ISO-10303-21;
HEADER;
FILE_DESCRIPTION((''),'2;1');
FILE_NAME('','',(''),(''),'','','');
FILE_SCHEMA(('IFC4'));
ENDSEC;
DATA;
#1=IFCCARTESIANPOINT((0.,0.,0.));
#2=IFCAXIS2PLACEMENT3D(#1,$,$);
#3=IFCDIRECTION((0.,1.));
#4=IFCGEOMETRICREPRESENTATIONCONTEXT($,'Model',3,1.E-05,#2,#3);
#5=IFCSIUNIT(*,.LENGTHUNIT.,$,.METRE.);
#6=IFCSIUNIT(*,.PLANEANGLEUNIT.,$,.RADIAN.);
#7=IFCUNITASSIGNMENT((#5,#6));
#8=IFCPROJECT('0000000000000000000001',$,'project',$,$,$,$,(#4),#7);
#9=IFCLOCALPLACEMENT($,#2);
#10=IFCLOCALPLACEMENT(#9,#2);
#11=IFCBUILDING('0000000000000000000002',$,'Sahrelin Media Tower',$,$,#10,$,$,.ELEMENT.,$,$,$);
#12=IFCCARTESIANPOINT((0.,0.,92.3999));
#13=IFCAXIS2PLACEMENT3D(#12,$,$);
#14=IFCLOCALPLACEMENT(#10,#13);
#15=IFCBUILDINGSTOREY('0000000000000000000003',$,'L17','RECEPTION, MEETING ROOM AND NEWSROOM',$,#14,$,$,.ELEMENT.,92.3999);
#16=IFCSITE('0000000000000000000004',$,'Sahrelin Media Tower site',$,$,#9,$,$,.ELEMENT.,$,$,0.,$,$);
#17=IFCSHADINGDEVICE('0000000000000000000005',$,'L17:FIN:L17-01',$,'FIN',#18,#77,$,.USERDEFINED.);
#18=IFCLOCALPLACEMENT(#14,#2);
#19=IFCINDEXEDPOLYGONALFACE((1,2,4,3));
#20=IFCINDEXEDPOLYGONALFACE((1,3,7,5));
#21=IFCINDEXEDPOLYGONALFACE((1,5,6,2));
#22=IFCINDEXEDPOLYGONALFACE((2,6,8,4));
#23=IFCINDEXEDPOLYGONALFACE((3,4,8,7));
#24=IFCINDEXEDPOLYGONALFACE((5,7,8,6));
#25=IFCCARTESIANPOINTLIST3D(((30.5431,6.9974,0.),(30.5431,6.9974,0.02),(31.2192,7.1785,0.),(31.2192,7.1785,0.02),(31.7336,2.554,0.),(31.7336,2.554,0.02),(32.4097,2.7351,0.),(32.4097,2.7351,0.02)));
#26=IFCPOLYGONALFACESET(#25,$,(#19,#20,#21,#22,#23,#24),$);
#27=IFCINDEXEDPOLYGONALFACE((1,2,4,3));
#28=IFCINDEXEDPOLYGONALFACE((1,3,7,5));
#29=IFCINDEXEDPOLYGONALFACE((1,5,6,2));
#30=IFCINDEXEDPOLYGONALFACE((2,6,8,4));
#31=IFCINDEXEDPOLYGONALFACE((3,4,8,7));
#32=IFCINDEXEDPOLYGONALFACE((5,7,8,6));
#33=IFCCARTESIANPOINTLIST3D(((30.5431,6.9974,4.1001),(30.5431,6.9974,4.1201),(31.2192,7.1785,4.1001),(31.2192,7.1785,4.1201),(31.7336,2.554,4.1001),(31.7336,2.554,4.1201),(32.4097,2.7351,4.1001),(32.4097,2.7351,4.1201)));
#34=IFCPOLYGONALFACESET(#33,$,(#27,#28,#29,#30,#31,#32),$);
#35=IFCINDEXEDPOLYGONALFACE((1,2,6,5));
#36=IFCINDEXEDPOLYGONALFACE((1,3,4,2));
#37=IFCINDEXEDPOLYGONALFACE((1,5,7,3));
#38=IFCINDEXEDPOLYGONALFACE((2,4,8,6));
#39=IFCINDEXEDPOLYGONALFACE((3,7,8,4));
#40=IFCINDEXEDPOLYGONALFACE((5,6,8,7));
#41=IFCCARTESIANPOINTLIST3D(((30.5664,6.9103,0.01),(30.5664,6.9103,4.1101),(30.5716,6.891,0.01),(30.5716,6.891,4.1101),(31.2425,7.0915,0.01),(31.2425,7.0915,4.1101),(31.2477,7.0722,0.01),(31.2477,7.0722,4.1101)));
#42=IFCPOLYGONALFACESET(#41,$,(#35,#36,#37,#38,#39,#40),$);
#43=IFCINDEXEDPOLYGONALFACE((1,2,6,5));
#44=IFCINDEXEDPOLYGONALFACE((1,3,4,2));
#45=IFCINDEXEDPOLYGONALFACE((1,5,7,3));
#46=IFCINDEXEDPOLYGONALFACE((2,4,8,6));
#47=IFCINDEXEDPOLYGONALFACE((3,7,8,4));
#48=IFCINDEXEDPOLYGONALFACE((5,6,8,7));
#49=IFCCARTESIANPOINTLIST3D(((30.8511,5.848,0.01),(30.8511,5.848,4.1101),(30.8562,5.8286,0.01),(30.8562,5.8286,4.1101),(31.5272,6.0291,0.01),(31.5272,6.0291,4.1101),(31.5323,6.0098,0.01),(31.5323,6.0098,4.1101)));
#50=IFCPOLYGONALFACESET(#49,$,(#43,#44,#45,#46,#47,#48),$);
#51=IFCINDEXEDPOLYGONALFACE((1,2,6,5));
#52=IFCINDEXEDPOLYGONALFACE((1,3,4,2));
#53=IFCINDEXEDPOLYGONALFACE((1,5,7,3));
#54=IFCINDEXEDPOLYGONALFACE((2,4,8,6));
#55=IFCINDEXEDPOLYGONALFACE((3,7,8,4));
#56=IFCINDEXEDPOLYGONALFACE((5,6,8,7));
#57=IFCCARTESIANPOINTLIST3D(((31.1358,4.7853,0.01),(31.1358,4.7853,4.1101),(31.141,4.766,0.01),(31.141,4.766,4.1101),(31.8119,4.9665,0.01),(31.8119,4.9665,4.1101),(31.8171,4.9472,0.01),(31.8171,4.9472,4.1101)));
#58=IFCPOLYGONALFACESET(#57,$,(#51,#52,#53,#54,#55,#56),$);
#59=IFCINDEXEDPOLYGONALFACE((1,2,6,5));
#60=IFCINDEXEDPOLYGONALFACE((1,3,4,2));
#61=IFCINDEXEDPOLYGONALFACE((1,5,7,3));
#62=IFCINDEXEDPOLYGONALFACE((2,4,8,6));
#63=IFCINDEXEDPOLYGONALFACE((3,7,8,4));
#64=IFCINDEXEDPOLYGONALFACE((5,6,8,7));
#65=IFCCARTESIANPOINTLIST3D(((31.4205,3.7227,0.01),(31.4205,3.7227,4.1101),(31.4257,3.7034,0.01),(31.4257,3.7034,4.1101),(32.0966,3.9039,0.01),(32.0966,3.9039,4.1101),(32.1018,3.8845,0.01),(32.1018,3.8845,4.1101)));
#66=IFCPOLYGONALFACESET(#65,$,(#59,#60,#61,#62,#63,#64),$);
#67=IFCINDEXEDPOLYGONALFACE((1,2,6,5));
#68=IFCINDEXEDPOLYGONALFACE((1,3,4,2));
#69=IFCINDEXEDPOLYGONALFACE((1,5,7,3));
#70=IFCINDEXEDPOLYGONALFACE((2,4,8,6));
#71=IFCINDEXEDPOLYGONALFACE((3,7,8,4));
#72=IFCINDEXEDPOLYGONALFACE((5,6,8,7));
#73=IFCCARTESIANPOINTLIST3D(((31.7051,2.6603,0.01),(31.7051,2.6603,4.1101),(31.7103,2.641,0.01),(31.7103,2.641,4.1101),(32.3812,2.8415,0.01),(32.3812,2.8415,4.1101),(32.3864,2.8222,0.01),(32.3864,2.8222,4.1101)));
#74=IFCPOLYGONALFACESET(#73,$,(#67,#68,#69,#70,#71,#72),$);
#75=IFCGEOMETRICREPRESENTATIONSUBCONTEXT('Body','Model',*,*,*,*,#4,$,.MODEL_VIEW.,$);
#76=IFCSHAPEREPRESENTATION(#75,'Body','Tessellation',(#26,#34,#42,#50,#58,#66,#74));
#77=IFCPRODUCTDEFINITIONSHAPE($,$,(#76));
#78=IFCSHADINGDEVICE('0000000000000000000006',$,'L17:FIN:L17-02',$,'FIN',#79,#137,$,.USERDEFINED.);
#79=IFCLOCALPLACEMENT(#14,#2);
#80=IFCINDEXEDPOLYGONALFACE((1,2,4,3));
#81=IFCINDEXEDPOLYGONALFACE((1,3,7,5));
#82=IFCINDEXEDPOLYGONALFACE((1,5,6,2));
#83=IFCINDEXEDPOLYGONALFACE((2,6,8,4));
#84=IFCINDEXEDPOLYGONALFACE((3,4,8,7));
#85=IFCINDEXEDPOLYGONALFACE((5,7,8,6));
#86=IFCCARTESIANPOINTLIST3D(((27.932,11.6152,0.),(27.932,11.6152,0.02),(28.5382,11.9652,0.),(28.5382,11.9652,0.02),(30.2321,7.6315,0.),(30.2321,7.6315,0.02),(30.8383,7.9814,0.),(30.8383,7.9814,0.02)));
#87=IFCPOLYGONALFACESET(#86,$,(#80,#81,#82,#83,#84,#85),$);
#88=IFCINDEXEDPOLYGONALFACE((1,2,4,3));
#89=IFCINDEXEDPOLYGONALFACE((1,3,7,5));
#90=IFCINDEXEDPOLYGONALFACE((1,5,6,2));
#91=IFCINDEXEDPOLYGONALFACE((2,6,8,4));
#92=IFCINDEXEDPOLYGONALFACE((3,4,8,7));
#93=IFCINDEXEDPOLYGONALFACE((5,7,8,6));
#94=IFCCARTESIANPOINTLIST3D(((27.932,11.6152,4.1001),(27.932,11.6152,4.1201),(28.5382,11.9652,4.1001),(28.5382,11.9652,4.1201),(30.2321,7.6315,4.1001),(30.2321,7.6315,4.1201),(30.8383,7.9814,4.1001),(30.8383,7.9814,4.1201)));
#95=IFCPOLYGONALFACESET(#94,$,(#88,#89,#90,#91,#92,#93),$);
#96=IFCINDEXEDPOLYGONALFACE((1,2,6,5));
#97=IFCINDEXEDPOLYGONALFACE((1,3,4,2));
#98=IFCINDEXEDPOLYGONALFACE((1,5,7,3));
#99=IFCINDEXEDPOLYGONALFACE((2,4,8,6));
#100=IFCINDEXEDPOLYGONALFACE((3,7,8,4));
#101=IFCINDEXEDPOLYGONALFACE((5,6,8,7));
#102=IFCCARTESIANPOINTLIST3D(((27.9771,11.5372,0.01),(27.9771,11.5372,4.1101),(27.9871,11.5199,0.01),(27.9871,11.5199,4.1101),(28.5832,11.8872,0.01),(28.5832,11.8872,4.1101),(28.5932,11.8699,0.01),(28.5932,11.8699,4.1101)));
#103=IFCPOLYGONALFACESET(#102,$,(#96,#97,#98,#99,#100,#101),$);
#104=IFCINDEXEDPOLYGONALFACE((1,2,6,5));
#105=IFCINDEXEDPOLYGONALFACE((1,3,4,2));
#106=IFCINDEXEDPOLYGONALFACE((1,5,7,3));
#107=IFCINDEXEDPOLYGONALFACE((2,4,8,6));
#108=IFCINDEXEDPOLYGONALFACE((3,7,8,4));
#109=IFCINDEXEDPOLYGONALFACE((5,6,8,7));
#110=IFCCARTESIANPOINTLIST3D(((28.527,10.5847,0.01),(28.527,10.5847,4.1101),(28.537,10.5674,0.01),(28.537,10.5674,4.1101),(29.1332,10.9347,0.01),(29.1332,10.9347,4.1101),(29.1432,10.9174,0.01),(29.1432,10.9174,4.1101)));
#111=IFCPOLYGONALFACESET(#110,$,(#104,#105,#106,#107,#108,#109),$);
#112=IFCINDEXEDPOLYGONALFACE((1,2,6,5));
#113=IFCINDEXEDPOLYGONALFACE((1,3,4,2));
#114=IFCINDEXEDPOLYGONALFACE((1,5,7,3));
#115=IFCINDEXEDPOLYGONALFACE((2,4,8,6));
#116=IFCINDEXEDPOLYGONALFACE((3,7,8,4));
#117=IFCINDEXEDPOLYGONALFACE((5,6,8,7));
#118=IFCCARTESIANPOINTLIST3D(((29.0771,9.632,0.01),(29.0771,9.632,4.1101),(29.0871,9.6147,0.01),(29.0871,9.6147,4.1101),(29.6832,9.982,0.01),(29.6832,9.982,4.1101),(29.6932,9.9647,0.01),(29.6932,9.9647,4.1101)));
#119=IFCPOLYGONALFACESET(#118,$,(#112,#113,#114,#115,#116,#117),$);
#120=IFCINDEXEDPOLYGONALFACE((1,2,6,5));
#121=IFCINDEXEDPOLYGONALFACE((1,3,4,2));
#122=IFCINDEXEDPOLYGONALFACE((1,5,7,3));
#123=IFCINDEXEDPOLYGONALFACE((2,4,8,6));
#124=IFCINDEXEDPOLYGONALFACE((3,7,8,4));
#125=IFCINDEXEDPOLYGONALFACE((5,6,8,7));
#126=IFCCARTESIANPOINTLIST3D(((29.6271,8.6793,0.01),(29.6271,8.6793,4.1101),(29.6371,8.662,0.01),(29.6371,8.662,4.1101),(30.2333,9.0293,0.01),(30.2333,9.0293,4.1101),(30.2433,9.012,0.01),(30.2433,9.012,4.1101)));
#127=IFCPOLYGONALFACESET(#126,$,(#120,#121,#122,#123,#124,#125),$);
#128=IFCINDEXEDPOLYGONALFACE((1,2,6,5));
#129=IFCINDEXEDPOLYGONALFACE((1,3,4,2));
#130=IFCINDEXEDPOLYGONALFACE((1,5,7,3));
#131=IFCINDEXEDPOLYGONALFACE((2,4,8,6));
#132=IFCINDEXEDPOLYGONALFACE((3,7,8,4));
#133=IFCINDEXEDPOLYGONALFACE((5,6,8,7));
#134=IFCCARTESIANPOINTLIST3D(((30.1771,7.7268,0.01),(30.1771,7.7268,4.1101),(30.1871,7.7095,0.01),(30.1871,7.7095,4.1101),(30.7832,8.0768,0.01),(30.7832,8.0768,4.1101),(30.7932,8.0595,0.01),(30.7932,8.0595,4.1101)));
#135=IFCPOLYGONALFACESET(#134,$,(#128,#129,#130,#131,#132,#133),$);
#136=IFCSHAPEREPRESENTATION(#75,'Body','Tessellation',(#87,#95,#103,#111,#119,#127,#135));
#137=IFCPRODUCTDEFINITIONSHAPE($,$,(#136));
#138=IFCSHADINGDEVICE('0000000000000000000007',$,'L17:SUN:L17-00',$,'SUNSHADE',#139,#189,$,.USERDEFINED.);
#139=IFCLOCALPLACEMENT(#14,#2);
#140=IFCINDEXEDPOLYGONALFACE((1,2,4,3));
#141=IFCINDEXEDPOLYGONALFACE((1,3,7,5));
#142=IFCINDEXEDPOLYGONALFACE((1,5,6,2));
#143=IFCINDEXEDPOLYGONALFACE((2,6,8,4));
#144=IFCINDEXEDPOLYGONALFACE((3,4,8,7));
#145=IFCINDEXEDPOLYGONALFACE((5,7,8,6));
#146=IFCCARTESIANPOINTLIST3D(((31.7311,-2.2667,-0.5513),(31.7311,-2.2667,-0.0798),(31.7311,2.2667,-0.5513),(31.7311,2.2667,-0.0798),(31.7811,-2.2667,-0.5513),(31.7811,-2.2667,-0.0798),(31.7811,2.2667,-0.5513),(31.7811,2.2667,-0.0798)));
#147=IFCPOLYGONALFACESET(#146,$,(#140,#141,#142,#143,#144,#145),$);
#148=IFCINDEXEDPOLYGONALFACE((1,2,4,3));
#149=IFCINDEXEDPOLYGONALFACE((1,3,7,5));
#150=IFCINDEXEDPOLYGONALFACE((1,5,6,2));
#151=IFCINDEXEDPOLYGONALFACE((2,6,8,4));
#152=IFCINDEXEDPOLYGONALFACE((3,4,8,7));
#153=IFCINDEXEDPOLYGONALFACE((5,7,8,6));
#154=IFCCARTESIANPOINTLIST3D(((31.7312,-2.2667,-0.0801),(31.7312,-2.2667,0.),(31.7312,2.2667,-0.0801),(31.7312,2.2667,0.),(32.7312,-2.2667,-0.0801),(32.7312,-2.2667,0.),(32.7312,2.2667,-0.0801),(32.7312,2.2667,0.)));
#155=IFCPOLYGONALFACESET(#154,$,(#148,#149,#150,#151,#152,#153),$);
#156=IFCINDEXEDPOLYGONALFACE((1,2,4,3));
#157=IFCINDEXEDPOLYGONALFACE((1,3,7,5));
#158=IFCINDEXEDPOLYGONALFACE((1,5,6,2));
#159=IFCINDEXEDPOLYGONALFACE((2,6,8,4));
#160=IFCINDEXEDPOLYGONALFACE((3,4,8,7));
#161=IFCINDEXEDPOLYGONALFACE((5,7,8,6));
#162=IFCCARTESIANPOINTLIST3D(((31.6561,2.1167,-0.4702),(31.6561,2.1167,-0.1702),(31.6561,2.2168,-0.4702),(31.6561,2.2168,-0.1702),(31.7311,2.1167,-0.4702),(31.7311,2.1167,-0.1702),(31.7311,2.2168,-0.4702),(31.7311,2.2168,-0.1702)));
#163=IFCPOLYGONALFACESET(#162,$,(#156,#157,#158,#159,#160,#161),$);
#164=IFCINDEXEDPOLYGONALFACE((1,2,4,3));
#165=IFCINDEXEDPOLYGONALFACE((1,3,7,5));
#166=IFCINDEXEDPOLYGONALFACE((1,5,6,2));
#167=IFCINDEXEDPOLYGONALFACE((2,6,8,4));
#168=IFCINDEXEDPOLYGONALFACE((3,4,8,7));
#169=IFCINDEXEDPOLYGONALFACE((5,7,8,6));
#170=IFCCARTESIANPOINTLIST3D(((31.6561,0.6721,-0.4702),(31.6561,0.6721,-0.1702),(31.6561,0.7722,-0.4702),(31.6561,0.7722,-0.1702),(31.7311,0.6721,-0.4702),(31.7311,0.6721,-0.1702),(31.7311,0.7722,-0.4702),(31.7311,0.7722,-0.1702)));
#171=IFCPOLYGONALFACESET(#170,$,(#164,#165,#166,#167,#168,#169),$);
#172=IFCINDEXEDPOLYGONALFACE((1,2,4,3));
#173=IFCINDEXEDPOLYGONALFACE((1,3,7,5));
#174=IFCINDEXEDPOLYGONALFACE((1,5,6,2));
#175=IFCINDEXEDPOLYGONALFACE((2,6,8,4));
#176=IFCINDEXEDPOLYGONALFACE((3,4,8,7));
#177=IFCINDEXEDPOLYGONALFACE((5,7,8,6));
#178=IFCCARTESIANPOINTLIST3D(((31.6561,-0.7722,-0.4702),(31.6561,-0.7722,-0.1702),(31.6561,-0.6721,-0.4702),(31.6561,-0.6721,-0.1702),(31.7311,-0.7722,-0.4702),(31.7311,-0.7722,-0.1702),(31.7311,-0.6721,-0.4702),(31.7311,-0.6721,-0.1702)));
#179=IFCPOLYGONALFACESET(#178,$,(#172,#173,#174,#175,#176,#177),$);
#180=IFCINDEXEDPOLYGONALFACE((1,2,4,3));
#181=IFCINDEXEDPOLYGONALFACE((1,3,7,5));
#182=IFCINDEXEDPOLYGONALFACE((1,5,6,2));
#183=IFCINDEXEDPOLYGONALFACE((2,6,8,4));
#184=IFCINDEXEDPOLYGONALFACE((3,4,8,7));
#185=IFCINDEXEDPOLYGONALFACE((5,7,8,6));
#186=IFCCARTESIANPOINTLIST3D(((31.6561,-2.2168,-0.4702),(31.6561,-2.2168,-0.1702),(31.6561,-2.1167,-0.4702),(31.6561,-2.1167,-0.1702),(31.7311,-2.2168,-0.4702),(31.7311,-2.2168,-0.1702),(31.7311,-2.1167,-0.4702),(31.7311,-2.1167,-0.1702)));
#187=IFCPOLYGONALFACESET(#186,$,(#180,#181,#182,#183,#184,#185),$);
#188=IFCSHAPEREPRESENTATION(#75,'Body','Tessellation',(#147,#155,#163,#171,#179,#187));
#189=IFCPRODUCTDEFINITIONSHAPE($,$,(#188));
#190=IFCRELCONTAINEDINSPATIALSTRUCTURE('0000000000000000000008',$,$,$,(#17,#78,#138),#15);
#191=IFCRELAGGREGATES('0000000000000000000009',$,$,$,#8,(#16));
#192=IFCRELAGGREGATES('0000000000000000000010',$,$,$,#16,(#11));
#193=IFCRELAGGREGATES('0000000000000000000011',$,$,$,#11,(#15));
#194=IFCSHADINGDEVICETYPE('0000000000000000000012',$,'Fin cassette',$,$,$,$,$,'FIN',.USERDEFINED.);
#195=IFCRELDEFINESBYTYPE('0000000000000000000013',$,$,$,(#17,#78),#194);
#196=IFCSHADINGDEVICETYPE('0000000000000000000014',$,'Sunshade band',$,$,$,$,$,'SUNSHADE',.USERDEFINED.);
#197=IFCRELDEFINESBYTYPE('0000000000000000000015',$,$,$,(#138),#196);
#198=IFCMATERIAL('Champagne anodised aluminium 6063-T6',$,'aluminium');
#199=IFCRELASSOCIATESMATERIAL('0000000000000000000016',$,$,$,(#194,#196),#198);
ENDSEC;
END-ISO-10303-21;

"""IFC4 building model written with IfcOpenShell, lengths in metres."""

from ifc_helpers import new_model, si_unit, direction, frame, origin, origin_2d, place, context, subcontext, project, spatial, rectangle, extrude, material, type_object, element, save


model = new_model("IFC4")

# Units and contexts
model_context = context("Model", 3, precision=1e-05, world=origin(), true_north=direction((0.0, 1.0)))
body_context = subcontext(model_context, "Body", "Model", "MODEL_VIEW")
ifc_project = project(units=[si_unit("LENGTHUNIT", "METRE"), si_unit("PLANEANGLEUNIT", "RADIAN")], contexts=[model_context])

# Site, building, storey
site_placement = place(None, origin())
site = spatial("IfcSite", under=ifc_project, at=site_placement, Name="Sahrelin Media Tower site", CompositionType="ELEMENT", RefElevation=0.0)
building_placement = place(site_placement, origin())
building = spatial("IfcBuilding", under=site, at=building_placement, Name="Sahrelin Media Tower", CompositionType="ELEMENT")
storey_placement = place(building_placement, frame((0.0, 0.0, 92.3999)))
storey = spatial("IfcBuildingStorey", under=building, at=storey_placement, Name="L17", Description="RECEPTION, MEETING ROOM AND NEWSROOM", CompositionType="ELEMENT", Elevation=92.3999)

# Shared definitions
ifc_material_1 = material(Name="Champagne anodised aluminium 6063-T6", Category="aluminium")

# Shading devices
shading_device_type_1 = type_object("IfcShadingDeviceType", Name="Fin cassette", ElementType="FIN", PredefinedType="USERDEFINED", material=ifc_material_1)
placement_1 = place(storey_placement, frame((31.7112, 0.0, 0.0), z_axis=(0.0, 0.0, 1.0), x_axis=(0.0, -1.0, 0.0)))
placement_2 = place(storey_placement, frame((31.0708, 4.7576, 0.0), z_axis=(0.0, 0.0, 1.0), x_axis=(0.258808, -0.965929, 0.0)))
element("IfcShadingDevice", 1, at=placement_2, inside=storey, type_object=shading_device_type_1, Name="L17:FIN:L17-01", ObjectType="FIN", PredefinedType="USERDEFINED", context=body_context, shape_type="SweptSolid", body=[
    extrude(rectangle(XDim=4.6001, YDim=0.7, at=origin_2d()), frame((0.0, 0.4199, 0.0)), (0.0, 0.0, 1.0), 0.02),
    extrude(rectangle(XDim=4.6001, YDim=0.7, at=origin_2d()), frame((0.0, 0.4199, 4.1001)), (0.0, 0.0, 1.0), 0.02),
    extrude(rectangle(XDim=0.02, YDim=0.7, at=origin_2d()), frame((-2.2, 0.4199, 0.01), z_axis=(0.0, 0.0, 1.0), x_axis=(1.0, 0.0, 0.0)), (0.0, 0.0, 1.0), 4.1001),
    extrude(rectangle(XDim=0.02, YDim=0.7, at=origin_2d()), frame((-1.1001, 0.4199, 0.01), z_axis=(0.0, 0.0, 1.0), x_axis=(1.0, 0.0, 0.0)), (0.0, 0.0, 1.0), 4.1001),
    extrude(rectangle(XDim=0.02, YDim=0.7, at=origin_2d()), frame((0.0, 0.4199, 0.01), z_axis=(0.0, 0.0, 1.0), x_axis=(1.0, 0.0, 0.0)), (0.0, 0.0, 1.0), 4.1001),
    extrude(rectangle(XDim=0.02, YDim=0.7, at=origin_2d()), frame((1.1001, 0.4199, 0.01), z_axis=(0.0, 0.0, 1.0), x_axis=(1.0, 0.0, 0.0)), (0.0, 0.0, 1.0), 4.1001),
    extrude(rectangle(XDim=0.02, YDim=0.7, at=origin_2d()), frame((2.2, 0.4199, 0.01), z_axis=(0.0, 0.0, 1.0), x_axis=(1.0, 0.0, 0.0)), (0.0, 0.0, 1.0), 4.1001),
])
placement_3 = place(storey_placement, frame((29.0215, 9.5884, 0.0), z_axis=(0.0, 0.0, 1.0), x_axis=(0.500011, -0.866019, 0.0)))
element("IfcShadingDevice", 2, at=placement_3, inside=storey, type_object=shading_device_type_1, Name="L17:FIN:L17-02", ObjectType="FIN", PredefinedType="USERDEFINED", context=body_context, shape_type="SweptSolid", body=[
    extrude(rectangle(XDim=4.6001, YDim=0.7, at=origin_2d()), frame((0.0, 0.4199, 0.0)), (0.0, 0.0, 1.0), 0.02),
    extrude(rectangle(XDim=4.6001, YDim=0.7, at=origin_2d()), frame((0.0, 0.4199, 4.1001)), (0.0, 0.0, 1.0), 0.02),
    extrude(rectangle(XDim=0.02, YDim=0.7, at=origin_2d()), frame((-2.2, 0.4199, 0.01), z_axis=(0.0, 0.0, 1.0), x_axis=(1.0, 0.0, 0.0)), (0.0, 0.0, 1.0), 4.1001),
    extrude(rectangle(XDim=0.02, YDim=0.7, at=origin_2d()), frame((-1.1001, 0.4199, 0.01), z_axis=(0.0, 0.0, 1.0), x_axis=(1.0, 0.0, 0.0)), (0.0, 0.0, 1.0), 4.1001),
    extrude(rectangle(XDim=0.02, YDim=0.7, at=origin_2d()), frame((0.0, 0.4199, 0.01), z_axis=(0.0, 0.0, 1.0), x_axis=(1.0, 0.0, 0.0)), (0.0, 0.0, 1.0), 4.1001),
    extrude(rectangle(XDim=0.02, YDim=0.7, at=origin_2d()), frame((1.1001, 0.4199, 0.01), z_axis=(0.0, 0.0, 1.0), x_axis=(1.0, 0.0, 0.0)), (0.0, 0.0, 1.0), 4.1001),
    extrude(rectangle(XDim=0.02, YDim=0.7, at=origin_2d()), frame((2.2, 0.4199, 0.01), z_axis=(0.0, 0.0, 1.0), x_axis=(1.0, 0.0, 0.0)), (0.0, 0.0, 1.0), 4.1001),
])
shading_device_type_2 = type_object("IfcShadingDeviceType", Name="Sunshade band", ElementType="SUNSHADE", PredefinedType="USERDEFINED", material=ifc_material_1)
element("IfcShadingDevice", 3, at=placement_1, inside=storey, type_object=shading_device_type_2, Name="L17:SUN:L17-00", ObjectType="SUNSHADE", PredefinedType="USERDEFINED", context=body_context, shape_type="SweptSolid", body=[
    extrude(rectangle(XDim=4.5334, YDim=0.05, at=origin_2d()), frame((0.0, 0.0449, -0.5513)), (0.0, 0.0, 1.0), 0.4714),
    extrude(rectangle(XDim=4.5334, YDim=1.0, at=origin_2d()), frame((0.0, 0.52, -0.0801)), (0.0, 0.0, 1.0), 0.0801),
    extrude(rectangle(XDim=0.1001, YDim=0.075, at=origin_2d()), frame((-2.1667, -0.0176, -0.4702)), (0.0, 0.0, 1.0), 0.3),
    extrude(rectangle(XDim=0.1001, YDim=0.075, at=origin_2d()), frame((-0.7222, -0.0176, -0.4702)), (0.0, 0.0, 1.0), 0.3),
    extrude(rectangle(XDim=0.1001, YDim=0.075, at=origin_2d()), frame((0.7222, -0.0176, -0.4702)), (0.0, 0.0, 1.0), 0.3),
    extrude(rectangle(XDim=0.1001, YDim=0.075, at=origin_2d()), frame((2.1667, -0.0176, -0.4702)), (0.0, 0.0, 1.0), 0.3),
])

save(model, "model.ifc")
